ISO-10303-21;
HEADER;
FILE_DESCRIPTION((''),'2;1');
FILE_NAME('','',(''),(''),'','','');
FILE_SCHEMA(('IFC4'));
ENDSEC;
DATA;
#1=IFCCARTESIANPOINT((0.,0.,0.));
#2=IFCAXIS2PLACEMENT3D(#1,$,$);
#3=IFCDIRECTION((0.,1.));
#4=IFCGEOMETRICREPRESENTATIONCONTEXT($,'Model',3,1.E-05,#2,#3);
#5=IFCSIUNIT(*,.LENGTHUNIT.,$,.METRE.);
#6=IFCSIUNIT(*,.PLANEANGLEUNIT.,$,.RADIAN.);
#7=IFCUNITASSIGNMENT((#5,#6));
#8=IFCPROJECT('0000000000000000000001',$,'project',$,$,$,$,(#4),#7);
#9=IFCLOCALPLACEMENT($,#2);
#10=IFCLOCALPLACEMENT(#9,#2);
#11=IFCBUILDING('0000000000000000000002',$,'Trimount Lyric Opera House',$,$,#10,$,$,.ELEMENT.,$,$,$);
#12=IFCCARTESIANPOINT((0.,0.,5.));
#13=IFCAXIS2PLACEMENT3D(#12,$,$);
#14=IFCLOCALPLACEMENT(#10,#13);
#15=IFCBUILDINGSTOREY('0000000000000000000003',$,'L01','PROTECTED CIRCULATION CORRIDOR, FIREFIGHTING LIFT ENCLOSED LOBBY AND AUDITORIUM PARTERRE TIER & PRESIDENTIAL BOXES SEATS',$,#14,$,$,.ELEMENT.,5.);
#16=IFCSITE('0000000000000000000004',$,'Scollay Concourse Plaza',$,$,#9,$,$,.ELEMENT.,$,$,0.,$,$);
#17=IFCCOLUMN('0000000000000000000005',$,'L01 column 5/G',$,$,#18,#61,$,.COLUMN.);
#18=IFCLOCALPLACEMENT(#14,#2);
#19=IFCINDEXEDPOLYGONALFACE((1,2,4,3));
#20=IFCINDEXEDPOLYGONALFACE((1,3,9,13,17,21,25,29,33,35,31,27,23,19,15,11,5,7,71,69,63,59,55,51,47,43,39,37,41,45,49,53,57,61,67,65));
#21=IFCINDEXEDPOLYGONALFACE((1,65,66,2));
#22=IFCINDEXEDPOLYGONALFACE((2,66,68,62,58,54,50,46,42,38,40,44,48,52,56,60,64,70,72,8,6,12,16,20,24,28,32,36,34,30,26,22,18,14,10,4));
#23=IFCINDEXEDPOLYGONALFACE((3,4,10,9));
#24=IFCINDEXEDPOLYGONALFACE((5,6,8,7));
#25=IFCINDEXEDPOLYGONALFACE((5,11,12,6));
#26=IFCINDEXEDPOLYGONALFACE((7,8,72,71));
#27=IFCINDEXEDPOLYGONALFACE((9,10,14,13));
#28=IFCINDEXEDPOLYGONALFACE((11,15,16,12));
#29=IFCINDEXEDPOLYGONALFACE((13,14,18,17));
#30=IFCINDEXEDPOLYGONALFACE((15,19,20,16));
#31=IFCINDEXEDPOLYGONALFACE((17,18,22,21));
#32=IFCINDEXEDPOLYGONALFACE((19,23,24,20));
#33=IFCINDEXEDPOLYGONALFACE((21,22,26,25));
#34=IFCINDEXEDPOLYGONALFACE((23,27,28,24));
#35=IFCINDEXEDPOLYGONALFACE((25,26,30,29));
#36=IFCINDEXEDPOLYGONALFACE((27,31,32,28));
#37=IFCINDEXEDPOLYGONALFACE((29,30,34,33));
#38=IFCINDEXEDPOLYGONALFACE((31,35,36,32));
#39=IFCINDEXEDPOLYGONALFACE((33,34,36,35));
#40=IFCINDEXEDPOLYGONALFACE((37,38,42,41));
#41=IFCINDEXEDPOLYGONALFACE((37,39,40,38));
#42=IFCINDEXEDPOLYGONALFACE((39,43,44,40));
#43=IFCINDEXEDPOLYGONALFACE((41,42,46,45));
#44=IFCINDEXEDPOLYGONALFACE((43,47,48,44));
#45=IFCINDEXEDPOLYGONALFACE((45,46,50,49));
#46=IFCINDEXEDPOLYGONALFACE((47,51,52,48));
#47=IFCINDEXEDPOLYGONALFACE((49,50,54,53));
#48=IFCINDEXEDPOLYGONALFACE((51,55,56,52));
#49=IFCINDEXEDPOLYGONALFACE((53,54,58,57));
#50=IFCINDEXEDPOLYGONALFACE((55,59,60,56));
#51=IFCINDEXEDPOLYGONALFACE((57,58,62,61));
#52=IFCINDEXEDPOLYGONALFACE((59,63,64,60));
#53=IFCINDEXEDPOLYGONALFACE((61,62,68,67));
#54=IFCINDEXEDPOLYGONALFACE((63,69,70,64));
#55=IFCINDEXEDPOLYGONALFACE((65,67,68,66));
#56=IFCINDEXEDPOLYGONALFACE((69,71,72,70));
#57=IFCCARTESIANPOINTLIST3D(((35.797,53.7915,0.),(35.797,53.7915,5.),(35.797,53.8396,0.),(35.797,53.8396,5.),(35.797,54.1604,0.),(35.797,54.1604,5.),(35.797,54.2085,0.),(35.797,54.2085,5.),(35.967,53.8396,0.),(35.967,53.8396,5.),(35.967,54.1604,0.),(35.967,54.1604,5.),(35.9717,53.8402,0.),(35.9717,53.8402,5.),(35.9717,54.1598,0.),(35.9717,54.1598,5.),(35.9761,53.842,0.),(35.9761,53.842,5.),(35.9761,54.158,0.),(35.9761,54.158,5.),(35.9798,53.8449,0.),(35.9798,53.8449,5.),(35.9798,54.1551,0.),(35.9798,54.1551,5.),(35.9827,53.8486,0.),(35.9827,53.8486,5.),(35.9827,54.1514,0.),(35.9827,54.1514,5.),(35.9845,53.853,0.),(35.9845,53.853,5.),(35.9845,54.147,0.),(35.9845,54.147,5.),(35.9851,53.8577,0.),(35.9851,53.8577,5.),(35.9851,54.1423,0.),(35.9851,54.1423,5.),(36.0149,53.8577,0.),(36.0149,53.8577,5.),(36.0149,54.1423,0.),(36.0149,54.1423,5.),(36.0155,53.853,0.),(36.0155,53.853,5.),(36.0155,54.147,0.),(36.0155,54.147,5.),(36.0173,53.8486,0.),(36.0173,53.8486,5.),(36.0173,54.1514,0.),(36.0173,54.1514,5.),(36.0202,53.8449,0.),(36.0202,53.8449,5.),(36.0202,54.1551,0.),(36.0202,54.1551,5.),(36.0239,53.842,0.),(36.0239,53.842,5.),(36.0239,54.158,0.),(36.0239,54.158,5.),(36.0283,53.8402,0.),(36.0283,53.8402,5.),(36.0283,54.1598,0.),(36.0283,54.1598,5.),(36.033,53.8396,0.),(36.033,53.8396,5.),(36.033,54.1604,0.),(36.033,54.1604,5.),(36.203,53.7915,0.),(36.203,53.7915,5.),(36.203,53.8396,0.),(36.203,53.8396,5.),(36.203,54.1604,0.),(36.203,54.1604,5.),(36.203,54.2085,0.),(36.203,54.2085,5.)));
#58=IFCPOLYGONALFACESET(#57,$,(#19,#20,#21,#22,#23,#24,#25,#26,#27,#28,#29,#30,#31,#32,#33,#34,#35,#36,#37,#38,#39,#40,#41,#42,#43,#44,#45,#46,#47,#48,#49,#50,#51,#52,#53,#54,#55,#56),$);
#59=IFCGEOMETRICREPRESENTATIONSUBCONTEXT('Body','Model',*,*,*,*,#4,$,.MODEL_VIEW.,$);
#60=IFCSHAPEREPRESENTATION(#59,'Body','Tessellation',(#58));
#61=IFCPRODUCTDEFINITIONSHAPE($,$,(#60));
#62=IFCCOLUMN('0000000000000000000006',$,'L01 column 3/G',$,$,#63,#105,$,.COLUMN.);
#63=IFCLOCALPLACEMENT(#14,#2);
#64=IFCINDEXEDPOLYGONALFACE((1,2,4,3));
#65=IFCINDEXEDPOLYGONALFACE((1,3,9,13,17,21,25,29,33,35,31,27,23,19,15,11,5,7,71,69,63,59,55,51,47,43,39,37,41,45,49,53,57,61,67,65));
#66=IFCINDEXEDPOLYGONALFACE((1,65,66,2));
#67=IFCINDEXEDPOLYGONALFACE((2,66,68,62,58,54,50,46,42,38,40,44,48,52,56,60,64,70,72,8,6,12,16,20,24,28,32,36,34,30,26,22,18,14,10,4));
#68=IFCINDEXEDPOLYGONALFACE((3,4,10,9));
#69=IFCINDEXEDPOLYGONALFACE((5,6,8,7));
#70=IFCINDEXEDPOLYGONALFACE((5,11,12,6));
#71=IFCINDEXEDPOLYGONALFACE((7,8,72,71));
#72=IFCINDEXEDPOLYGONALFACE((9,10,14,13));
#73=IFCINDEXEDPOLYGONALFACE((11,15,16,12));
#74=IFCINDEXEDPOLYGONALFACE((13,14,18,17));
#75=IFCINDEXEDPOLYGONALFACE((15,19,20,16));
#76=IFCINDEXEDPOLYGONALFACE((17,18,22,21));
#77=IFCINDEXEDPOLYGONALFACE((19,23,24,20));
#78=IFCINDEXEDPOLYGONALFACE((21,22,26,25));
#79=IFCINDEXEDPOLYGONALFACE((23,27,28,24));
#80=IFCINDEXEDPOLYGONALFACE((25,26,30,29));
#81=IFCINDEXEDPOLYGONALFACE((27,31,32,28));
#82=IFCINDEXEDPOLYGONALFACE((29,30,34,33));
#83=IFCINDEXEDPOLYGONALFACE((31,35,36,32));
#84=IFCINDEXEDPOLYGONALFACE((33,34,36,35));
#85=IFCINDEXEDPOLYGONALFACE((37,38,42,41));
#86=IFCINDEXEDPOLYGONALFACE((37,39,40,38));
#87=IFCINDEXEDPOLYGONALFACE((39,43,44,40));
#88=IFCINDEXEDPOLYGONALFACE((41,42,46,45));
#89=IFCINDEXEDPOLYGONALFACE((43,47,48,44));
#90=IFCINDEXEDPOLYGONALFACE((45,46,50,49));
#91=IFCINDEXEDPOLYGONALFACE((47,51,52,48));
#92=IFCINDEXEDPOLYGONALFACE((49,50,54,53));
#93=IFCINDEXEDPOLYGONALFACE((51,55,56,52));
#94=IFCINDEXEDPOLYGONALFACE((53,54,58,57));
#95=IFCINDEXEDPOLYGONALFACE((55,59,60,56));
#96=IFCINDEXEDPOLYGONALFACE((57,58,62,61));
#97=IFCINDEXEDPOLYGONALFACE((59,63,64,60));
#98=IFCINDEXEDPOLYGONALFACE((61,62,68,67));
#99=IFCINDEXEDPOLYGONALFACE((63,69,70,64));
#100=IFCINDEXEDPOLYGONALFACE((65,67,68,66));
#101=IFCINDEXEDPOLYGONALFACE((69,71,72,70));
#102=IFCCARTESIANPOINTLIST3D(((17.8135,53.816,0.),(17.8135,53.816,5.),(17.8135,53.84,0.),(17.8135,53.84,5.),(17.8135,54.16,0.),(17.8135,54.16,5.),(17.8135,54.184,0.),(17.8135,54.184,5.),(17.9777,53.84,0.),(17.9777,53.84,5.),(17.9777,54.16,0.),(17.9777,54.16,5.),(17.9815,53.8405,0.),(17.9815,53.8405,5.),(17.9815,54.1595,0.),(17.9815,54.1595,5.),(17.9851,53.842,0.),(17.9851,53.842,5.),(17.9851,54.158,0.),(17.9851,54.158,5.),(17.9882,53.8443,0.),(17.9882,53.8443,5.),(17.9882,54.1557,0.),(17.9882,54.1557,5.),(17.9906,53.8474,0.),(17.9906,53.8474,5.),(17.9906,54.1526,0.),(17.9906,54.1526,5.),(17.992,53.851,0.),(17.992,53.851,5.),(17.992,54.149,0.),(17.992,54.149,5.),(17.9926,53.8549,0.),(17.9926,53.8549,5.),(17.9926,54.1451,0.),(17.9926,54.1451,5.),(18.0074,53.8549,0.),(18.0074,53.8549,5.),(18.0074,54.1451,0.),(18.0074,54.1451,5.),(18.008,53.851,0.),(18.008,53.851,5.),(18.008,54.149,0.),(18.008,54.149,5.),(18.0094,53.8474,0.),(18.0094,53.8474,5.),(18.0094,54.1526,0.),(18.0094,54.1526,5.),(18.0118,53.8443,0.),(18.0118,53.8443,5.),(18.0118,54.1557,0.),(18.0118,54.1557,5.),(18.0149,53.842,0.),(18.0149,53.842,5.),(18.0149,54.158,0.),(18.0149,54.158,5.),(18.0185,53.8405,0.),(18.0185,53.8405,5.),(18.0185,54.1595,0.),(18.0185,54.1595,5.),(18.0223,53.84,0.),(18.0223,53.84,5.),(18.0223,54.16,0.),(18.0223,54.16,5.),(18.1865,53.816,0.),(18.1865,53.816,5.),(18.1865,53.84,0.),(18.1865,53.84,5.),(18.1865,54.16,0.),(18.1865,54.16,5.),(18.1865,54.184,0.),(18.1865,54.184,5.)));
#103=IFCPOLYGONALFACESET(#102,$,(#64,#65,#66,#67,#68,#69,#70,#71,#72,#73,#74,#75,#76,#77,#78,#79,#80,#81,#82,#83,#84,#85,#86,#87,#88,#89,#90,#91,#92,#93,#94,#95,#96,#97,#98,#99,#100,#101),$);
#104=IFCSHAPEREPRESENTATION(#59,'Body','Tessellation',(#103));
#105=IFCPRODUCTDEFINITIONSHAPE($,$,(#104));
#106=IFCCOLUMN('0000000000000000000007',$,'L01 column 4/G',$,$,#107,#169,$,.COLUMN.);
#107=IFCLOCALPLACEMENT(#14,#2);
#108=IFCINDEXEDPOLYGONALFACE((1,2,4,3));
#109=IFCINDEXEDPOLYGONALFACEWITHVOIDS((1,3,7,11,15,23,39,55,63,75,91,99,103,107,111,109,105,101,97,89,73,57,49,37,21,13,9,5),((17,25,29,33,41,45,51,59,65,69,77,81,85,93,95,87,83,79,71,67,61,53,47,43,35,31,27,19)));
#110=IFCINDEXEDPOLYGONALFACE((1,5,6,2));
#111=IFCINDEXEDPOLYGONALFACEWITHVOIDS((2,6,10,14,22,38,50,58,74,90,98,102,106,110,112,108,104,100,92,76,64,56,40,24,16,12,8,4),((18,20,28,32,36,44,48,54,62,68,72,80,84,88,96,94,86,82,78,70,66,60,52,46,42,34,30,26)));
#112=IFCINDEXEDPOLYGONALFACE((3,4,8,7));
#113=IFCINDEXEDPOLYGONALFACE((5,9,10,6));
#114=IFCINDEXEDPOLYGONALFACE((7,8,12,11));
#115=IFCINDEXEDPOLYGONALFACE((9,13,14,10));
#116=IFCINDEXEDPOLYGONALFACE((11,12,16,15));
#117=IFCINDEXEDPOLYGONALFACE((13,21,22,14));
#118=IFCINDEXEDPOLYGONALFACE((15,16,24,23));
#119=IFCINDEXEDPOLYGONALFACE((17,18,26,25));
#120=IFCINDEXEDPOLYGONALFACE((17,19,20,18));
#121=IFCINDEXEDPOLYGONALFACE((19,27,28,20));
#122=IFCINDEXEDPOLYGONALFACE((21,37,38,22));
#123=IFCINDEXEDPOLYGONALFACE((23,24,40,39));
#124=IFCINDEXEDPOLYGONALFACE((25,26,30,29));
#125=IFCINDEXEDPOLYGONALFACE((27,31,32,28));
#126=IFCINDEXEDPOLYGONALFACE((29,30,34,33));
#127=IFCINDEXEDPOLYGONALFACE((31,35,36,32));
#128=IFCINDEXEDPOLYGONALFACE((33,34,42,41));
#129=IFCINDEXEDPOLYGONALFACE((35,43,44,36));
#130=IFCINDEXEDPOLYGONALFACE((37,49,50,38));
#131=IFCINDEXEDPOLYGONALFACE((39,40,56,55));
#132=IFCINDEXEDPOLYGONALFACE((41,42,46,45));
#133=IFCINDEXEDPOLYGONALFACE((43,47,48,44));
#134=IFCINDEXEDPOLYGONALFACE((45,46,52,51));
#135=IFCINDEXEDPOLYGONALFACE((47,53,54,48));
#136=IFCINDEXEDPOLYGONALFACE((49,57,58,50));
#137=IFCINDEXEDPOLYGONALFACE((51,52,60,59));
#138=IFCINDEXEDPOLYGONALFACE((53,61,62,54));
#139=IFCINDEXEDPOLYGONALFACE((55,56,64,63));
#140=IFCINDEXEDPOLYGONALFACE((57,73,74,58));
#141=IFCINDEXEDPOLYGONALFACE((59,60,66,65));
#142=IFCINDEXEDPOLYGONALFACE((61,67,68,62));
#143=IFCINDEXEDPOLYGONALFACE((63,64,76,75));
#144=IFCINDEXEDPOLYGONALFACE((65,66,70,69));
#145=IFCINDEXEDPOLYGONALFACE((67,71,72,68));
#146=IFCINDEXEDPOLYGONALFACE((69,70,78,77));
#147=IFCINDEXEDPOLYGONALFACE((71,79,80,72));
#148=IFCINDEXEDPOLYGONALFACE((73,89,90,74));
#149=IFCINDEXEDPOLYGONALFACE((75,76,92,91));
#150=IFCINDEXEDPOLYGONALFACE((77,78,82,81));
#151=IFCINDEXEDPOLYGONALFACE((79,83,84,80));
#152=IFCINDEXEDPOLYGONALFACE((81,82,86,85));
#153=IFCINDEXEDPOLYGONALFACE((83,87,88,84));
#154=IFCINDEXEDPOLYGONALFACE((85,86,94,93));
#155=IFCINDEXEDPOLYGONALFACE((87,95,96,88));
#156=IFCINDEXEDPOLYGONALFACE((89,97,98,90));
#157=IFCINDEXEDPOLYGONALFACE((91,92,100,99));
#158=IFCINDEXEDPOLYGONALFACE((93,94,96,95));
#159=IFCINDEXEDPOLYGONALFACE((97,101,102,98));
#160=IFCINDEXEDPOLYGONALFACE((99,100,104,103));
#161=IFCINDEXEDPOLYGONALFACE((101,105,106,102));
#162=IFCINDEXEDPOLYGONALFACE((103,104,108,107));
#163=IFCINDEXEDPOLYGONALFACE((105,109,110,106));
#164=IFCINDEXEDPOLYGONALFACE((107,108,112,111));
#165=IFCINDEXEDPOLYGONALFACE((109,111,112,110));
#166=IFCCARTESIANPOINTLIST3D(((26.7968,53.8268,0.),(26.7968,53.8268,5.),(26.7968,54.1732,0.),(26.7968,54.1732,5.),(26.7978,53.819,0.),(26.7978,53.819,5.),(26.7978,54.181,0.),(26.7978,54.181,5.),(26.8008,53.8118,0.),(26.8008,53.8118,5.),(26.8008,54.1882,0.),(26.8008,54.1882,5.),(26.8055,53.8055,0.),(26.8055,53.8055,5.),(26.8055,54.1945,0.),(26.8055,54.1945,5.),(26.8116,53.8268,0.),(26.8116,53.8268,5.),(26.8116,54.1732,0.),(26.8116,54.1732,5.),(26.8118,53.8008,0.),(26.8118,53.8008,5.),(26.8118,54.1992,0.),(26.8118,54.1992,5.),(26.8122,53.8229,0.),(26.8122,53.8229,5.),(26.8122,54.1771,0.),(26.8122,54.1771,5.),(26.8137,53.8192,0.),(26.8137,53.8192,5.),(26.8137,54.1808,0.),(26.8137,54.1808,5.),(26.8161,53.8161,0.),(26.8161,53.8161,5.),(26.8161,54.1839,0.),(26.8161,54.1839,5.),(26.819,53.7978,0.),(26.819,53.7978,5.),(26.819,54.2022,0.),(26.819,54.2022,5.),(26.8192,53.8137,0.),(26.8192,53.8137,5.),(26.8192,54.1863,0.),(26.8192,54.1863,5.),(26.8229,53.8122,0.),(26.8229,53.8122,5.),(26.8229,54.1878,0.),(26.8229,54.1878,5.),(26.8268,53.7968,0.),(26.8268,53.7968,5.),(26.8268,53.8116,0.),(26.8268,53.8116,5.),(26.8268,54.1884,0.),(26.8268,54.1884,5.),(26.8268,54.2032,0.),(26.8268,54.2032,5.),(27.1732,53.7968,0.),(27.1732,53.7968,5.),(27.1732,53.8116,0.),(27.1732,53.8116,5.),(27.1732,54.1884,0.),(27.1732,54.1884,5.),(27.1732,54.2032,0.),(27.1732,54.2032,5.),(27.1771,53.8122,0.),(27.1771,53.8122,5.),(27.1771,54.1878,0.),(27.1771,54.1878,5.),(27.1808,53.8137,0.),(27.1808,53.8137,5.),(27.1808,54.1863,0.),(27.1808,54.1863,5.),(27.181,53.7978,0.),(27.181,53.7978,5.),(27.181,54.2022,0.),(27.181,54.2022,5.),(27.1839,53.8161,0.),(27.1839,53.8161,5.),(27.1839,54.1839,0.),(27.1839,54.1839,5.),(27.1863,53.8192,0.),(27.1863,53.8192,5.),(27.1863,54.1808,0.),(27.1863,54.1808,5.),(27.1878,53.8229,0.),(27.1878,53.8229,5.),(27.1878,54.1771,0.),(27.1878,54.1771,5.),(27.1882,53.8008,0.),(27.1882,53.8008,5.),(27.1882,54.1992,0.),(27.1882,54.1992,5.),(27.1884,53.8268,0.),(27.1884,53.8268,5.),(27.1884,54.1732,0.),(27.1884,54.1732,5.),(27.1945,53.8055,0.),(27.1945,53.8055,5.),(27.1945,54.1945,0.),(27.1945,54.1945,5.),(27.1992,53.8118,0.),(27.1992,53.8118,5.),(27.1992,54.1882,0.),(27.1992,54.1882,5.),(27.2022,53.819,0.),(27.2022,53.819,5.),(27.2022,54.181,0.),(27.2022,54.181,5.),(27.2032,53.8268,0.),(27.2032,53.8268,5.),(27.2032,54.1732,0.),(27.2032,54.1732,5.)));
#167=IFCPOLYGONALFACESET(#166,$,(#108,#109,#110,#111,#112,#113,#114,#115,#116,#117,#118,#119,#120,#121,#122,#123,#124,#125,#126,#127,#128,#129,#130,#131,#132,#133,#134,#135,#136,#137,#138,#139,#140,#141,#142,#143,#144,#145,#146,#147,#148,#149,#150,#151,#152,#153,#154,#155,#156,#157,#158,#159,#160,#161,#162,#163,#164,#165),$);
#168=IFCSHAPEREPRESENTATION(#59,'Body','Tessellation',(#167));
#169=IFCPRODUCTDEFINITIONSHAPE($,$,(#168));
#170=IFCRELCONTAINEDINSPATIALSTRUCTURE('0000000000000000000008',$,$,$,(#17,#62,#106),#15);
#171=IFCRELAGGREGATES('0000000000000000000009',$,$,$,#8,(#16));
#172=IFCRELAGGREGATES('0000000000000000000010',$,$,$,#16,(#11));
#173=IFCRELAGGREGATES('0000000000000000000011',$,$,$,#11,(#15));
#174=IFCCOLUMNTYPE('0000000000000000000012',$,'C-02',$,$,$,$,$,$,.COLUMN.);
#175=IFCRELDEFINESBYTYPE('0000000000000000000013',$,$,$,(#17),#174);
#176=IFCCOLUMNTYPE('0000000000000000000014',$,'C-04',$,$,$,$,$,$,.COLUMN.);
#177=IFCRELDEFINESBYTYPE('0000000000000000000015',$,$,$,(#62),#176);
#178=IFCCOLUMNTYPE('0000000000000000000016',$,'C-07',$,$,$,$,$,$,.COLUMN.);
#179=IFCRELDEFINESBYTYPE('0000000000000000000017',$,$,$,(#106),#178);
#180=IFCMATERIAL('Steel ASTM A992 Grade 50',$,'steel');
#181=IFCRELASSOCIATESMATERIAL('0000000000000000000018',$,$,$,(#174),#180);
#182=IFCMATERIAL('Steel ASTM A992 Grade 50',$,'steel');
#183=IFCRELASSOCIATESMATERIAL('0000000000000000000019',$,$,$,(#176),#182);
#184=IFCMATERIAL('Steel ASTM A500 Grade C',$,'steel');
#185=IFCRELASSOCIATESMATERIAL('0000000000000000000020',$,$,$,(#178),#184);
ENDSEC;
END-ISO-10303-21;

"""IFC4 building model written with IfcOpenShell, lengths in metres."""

from ifc_helpers import new_model, si_unit, direction, frame, origin, origin_2d, place, context, subcontext, project, spatial, hollow_rectangle, i_section, extrude, material, material_profile, profile_set, type_object, element, save


model = new_model("IFC4")

# Units and contexts
model_context = context("Model", 3, precision=1e-05, world=origin(), true_north=direction((0.0, 1.0)))
body_context = subcontext(model_context, "Body", "Model", "MODEL_VIEW")
ifc_project = project(units=[si_unit("LENGTHUNIT", "METRE"), si_unit("PLANEANGLEUNIT", "RADIAN")], contexts=[model_context])

# Site, building, storey
site_placement = place(None, origin())
site = spatial("IfcSite", under=ifc_project, at=site_placement, Name="Scollay Concourse Plaza", CompositionType="ELEMENT", RefElevation=0.0)
building_placement = place(site_placement, origin())
building = spatial("IfcBuilding", under=site, at=building_placement, Name="Trimount Lyric Opera House", CompositionType="ELEMENT")
storey_placement = place(building_placement, frame((0.0, 0.0, 5.0)))
storey = spatial("IfcBuildingStorey", under=building, at=storey_placement, Name="L01", Description="PROTECTED CIRCULATION CORRIDOR, FIREFIGHTING LIFT ENCLOSED LOBBY AND AUDITORIUM PARTERRE TIER & PRESIDENTIAL BOXES SEATS", CompositionType="ELEMENT", Elevation=5.0)

# Columns
ifc_material_1 = material(Name="Steel ASTM A992 Grade 50", Category="steel")
ifc_material_profile_1 = material_profile(ifc_material_1, i_section(OverallWidth=0.406, OverallDepth=0.417, WebThickness=0.0298, FlangeThickness=0.0481, FilletRadius=0.0181, at=origin_2d()), Name="W14X257")
ifc_profile_set_1 = profile_set([ifc_material_profile_1], Name="Steel ASTM A992 Grade 50")
column_type_1 = type_object("IfcColumnType", Name="C-02", PredefinedType="COLUMN", material=ifc_profile_set_1)
column_1_placement = place(storey_placement, frame((36.0, 54.0, 0.0), z_axis=(0.0, 0.0, 1.0), x_axis=(1.0, 0.0, 0.0)))
element("IfcColumn", 1, at=column_1_placement, inside=storey, type_object=column_type_1, Name="L01 column 5/G", PredefinedType="COLUMN", context=body_context, shape_type="SweptSolid", body=[
    extrude(i_section(OverallWidth=0.406, OverallDepth=0.417, WebThickness=0.0298, FlangeThickness=0.0481, FilletRadius=0.0181, at=origin_2d()), origin(), (0.0, 0.0, 1.0), 5.0),
])
ifc_material_2 = material(Name="Steel ASTM A992 Grade 50", Category="steel")
ifc_material_profile_2 = material_profile(ifc_material_2, i_section(OverallWidth=0.373, OverallDepth=0.3679, WebThickness=0.0149, FlangeThickness=0.0239, FilletRadius=0.0149, at=origin_2d()), Name="W14X120")
ifc_profile_set_2 = profile_set([ifc_material_profile_2], Name="Steel ASTM A992 Grade 50")
column_type_2 = type_object("IfcColumnType", Name="C-04", PredefinedType="COLUMN", material=ifc_profile_set_2)
column_2_placement = place(storey_placement, frame((18.0, 54.0, 0.0), z_axis=(0.0, 0.0, 1.0), x_axis=(1.0, 0.0, 0.0)))
element("IfcColumn", 2, at=column_2_placement, inside=storey, type_object=column_type_2, Name="L01 column 3/G", PredefinedType="COLUMN", context=body_context, shape_type="SweptSolid", body=[
    extrude(i_section(OverallWidth=0.373, OverallDepth=0.3679, WebThickness=0.0149, FlangeThickness=0.0239, FilletRadius=0.0149, at=origin_2d()), origin(), (0.0, 0.0, 1.0), 5.0),
])
ifc_material_3 = material(Name="Steel ASTM A500 Grade C", Category="steel")
ifc_material_profile_3 = material_profile(ifc_material_3, hollow_rectangle(XDim=0.4065, YDim=0.4065, WallThickness=0.0149, InnerFilletRadius=0.0151, OuterFilletRadius=0.03, at=origin_2d()), Name="HSS406.4X406.4X15.9")
ifc_profile_set_3 = profile_set([ifc_material_profile_3], Name="Steel ASTM A500 Grade C")
column_type_3 = type_object("IfcColumnType", Name="C-07", PredefinedType="COLUMN", material=ifc_profile_set_3)
column_3_placement = place(storey_placement, frame((27.0, 54.0, 0.0), z_axis=(0.0, 0.0, 1.0), x_axis=(1.0, 0.0, 0.0)))
element("IfcColumn", 3, at=column_3_placement, inside=storey, type_object=column_type_3, Name="L01 column 4/G", PredefinedType="COLUMN", context=body_context, shape_type="SweptSolid", body=[
    extrude(hollow_rectangle(XDim=0.4065, YDim=0.4065, WallThickness=0.0149, InnerFilletRadius=0.0151, OuterFilletRadius=0.03, at=origin_2d()), origin(), (0.0, 0.0, 1.0), 5.0),
])

save(model, "model.ifc")
